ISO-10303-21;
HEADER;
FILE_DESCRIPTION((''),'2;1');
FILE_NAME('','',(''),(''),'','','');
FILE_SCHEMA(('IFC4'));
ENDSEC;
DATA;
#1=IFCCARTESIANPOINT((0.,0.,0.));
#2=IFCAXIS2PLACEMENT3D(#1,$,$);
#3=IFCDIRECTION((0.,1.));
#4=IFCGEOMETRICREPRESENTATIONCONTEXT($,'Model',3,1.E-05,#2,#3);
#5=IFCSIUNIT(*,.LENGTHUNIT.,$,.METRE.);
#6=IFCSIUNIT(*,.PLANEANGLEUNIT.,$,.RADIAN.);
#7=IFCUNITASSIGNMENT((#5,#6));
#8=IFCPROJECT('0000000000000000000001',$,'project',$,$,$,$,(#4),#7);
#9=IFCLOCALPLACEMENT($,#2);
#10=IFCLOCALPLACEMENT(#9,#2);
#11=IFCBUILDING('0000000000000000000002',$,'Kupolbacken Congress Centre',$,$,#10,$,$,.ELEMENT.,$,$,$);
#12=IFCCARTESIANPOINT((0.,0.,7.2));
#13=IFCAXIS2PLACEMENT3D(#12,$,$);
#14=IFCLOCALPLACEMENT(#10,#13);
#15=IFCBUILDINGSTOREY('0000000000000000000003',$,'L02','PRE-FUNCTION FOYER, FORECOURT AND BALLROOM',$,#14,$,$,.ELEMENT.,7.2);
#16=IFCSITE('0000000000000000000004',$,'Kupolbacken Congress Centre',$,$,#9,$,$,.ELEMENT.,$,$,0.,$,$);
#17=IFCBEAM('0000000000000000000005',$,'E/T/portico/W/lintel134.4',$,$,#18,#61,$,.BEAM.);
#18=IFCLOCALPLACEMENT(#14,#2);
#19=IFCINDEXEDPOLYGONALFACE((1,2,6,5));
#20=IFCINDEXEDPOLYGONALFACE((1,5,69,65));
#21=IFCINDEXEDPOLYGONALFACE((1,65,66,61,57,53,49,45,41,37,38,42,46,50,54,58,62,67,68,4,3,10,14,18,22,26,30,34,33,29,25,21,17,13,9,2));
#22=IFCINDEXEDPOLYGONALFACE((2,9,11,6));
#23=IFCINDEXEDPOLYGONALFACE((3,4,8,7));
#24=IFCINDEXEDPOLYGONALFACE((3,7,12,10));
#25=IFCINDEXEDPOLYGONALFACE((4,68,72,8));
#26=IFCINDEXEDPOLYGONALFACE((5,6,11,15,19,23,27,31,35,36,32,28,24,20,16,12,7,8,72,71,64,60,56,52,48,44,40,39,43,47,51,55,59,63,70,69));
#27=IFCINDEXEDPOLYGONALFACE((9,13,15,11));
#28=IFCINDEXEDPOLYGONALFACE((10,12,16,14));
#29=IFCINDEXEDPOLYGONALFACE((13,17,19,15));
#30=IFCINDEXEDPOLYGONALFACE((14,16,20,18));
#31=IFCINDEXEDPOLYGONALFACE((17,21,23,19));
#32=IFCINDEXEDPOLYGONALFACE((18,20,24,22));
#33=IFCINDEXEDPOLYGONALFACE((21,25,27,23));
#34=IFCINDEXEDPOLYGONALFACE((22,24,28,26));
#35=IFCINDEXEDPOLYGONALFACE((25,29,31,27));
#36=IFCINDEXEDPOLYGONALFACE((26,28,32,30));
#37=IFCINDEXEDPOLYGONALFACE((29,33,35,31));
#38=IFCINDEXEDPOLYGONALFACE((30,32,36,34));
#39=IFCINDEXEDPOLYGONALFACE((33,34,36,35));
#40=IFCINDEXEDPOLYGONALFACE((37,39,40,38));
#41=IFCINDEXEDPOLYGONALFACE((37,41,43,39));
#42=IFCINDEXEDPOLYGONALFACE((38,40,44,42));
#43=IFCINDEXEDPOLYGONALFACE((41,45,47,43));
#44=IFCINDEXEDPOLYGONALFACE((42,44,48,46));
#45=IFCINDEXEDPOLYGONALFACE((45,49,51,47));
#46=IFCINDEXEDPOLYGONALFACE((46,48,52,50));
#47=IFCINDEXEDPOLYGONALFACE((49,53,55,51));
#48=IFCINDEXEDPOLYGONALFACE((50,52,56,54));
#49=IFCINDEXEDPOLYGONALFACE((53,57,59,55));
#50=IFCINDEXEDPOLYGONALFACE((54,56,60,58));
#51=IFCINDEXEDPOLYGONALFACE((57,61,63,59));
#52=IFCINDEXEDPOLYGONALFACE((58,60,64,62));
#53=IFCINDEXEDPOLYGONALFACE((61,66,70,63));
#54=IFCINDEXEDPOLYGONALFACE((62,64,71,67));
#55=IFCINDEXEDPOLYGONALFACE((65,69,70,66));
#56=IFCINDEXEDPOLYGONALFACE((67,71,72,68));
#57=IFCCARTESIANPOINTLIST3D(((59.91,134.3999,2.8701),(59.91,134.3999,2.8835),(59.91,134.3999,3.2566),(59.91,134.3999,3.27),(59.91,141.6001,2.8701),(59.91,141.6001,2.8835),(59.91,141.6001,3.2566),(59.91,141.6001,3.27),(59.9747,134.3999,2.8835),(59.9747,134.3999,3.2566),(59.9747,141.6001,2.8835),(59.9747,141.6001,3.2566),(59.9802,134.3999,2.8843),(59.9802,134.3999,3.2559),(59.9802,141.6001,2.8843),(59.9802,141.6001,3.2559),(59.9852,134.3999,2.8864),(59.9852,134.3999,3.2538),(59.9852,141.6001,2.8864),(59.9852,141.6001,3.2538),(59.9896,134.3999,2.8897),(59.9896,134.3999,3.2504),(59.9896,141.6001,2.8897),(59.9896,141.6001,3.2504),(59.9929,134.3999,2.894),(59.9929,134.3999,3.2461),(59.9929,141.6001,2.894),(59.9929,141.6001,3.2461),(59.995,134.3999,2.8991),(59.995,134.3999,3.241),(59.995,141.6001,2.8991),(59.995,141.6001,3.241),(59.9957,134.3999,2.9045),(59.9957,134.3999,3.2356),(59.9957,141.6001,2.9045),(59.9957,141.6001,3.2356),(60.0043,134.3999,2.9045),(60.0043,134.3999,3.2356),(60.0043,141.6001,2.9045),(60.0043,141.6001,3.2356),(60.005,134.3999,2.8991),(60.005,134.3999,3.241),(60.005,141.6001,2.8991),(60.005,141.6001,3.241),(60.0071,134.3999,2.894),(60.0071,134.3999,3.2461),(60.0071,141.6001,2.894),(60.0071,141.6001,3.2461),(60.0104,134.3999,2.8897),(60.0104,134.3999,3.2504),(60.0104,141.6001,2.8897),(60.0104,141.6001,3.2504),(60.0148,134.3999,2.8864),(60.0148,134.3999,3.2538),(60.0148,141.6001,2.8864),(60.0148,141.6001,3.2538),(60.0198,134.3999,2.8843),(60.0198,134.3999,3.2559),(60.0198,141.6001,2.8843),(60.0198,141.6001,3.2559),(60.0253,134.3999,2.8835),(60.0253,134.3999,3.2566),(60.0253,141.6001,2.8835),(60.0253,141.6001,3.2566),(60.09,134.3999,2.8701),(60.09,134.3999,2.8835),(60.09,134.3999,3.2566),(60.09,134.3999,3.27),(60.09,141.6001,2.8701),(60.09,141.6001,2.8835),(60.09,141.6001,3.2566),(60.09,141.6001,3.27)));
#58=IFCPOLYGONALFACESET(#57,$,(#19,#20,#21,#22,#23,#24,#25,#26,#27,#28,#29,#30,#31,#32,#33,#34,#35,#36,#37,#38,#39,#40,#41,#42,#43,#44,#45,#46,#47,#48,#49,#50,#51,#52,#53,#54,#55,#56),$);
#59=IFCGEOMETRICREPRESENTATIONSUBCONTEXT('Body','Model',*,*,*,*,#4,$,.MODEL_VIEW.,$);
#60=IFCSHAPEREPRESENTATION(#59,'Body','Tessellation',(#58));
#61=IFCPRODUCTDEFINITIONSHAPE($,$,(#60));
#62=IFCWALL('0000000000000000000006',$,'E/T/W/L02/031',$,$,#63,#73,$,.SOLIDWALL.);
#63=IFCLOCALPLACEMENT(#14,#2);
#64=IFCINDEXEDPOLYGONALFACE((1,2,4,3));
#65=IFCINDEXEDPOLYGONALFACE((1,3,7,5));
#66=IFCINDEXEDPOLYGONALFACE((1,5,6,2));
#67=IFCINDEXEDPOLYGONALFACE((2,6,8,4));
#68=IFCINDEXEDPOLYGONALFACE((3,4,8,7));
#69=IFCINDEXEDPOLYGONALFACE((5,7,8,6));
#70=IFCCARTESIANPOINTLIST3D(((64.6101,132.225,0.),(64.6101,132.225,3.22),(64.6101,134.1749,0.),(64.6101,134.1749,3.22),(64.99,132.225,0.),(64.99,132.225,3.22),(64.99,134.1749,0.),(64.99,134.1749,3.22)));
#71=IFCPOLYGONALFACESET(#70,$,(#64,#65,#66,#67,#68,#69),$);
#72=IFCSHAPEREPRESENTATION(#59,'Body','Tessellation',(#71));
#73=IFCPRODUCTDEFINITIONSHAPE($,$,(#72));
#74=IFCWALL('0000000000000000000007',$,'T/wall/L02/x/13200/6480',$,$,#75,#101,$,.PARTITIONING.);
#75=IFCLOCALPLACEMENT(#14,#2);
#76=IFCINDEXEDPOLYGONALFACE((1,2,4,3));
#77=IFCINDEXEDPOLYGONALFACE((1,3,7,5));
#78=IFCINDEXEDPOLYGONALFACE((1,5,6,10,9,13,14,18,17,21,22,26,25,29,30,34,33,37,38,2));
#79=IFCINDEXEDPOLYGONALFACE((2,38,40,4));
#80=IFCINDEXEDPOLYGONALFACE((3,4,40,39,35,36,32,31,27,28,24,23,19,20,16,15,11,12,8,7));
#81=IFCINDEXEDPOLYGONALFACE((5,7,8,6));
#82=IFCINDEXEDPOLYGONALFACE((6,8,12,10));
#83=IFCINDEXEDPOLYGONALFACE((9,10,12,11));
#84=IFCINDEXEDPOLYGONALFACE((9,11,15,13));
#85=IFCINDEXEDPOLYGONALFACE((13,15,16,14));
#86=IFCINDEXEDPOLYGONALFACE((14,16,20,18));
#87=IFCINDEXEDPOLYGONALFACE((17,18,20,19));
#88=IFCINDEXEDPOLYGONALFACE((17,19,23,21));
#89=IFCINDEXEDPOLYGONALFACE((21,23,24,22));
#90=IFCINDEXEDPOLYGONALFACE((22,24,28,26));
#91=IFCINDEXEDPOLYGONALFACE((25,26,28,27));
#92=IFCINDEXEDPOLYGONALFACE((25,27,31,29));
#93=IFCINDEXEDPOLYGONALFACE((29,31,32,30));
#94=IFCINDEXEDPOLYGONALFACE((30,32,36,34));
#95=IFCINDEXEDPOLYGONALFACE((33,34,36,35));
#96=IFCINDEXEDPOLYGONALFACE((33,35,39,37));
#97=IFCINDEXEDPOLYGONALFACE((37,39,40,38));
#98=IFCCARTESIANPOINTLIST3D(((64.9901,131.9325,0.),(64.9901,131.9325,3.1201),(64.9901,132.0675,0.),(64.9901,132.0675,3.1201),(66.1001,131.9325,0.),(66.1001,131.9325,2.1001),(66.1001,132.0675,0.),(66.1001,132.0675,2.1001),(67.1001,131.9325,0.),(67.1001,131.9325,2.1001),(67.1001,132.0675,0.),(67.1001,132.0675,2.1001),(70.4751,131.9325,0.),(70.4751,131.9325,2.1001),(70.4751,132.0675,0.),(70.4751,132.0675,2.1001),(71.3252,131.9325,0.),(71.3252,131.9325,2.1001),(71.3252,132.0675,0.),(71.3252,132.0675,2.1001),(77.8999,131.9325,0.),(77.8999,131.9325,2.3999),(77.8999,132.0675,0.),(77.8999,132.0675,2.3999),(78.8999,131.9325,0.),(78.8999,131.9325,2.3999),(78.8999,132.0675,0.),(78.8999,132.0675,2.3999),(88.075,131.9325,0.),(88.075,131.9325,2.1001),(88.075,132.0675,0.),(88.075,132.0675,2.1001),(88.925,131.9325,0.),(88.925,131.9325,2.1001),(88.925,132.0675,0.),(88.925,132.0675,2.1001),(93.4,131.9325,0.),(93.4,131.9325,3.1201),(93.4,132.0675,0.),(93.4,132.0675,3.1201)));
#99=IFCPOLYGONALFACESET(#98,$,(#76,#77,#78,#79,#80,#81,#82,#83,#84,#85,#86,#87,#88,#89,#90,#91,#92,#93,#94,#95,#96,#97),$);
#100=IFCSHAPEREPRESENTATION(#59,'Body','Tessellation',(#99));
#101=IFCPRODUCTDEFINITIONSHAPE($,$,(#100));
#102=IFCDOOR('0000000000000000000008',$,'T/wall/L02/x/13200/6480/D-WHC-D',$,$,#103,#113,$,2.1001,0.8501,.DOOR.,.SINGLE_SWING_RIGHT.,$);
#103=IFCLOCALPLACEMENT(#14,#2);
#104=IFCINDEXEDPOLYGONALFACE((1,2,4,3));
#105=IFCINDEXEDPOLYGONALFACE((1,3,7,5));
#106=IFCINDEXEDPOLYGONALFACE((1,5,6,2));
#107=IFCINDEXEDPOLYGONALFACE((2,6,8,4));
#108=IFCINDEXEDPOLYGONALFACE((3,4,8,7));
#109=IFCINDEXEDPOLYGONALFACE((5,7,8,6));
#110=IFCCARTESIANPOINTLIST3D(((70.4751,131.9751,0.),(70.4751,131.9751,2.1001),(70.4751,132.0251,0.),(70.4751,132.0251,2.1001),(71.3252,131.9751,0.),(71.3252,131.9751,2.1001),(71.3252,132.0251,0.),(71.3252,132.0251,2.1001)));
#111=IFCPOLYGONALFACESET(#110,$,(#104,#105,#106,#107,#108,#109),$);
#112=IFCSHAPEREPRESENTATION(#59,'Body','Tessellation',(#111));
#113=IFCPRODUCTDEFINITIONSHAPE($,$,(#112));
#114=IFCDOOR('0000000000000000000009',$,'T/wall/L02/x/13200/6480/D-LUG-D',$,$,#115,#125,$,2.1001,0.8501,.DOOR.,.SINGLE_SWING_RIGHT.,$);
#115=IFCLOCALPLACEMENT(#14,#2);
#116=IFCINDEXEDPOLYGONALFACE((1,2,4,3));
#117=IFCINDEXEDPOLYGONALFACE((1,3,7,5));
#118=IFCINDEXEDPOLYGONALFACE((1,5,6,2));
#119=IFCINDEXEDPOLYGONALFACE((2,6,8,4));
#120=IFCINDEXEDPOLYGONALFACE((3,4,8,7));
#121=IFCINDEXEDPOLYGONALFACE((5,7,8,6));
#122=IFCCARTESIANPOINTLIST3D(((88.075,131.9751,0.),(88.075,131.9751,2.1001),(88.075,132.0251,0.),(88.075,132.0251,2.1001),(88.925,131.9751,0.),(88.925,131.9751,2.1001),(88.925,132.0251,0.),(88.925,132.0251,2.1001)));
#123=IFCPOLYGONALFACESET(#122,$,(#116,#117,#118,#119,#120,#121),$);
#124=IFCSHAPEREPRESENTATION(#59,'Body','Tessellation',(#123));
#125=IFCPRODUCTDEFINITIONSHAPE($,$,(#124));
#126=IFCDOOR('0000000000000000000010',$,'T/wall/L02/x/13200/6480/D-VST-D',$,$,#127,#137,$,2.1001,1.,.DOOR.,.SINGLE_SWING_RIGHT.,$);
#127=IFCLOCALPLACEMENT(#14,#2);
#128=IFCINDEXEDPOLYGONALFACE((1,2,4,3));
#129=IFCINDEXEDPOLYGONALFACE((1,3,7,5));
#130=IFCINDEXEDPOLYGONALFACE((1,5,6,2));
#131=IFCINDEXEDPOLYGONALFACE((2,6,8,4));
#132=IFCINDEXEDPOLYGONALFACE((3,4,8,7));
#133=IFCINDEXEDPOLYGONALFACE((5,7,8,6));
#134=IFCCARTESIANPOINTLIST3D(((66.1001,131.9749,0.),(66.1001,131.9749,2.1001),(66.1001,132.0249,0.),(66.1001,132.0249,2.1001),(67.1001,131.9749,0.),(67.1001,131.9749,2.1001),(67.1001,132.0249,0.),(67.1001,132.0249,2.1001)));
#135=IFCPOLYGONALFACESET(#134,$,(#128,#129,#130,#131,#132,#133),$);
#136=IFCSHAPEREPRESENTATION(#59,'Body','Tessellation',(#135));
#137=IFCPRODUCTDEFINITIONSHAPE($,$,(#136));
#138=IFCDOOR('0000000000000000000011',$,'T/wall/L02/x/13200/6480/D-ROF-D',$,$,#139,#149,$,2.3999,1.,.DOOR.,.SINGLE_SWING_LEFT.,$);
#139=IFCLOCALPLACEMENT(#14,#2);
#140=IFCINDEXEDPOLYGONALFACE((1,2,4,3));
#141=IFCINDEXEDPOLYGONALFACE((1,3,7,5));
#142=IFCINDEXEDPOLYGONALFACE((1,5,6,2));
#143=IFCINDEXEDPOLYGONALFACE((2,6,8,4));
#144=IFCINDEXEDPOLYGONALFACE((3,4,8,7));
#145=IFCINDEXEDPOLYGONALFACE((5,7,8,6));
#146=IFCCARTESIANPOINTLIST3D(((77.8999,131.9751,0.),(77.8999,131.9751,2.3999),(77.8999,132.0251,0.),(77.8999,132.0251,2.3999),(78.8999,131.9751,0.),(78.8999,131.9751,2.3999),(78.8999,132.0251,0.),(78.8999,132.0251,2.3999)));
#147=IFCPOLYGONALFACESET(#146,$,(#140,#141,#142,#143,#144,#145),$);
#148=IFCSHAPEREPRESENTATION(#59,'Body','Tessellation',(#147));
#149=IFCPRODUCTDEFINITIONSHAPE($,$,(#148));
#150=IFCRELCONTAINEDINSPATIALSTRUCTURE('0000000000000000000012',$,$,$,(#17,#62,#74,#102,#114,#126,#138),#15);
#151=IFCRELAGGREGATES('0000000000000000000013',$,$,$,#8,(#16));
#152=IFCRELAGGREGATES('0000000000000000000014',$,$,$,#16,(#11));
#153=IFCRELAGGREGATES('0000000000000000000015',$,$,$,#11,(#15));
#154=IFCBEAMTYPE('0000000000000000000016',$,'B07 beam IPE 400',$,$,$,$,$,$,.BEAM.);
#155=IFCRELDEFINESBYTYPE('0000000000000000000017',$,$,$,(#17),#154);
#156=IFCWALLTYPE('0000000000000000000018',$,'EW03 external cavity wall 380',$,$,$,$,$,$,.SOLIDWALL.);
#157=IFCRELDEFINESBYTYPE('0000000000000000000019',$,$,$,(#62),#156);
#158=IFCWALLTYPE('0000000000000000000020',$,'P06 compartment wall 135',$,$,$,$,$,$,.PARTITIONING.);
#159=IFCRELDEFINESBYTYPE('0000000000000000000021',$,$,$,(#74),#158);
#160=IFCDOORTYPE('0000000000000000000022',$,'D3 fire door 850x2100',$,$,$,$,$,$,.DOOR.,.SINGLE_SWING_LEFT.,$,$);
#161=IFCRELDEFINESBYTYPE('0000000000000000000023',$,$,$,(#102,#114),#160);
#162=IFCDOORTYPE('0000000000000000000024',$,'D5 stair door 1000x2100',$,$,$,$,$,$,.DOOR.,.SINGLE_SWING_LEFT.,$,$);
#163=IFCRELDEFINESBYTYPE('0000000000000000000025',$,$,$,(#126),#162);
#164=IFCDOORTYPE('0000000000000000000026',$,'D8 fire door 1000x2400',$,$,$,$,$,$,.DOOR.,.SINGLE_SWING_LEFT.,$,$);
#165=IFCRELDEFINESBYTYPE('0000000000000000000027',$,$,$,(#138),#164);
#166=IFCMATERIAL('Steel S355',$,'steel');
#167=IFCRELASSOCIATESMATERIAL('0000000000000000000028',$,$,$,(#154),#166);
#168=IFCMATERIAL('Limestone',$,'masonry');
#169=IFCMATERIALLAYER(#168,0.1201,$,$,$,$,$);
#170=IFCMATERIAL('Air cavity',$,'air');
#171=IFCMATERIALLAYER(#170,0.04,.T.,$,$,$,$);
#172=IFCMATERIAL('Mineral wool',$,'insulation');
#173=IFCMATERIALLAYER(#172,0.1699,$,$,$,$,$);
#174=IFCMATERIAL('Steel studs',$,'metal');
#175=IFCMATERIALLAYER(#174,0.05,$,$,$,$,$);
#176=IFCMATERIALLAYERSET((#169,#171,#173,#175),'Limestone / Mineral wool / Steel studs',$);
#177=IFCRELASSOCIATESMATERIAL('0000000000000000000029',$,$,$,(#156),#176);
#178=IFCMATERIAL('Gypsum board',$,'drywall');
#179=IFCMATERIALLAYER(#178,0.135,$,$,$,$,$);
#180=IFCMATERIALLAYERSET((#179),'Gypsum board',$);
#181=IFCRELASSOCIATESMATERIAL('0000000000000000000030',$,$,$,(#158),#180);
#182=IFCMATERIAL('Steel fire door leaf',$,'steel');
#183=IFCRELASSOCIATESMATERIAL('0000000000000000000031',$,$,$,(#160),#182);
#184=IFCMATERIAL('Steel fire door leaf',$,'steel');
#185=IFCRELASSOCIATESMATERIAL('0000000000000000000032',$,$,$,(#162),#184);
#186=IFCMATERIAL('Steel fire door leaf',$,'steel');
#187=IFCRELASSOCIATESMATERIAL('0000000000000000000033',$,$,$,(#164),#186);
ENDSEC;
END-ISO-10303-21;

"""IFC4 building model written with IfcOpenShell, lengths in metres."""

from ifc_helpers import new_model, si_unit, direction, frame, frame_2d, origin, origin_2d, place, context, subcontext, project, spatial, rectangle, i_section, extrude, material, layer, layer_set, material_profile, profile_set, type_object, element, fill, save


model = new_model("IFC4")

# Units and contexts
model_context = context("Model", 3, precision=1e-05, world=origin(), true_north=direction((0.0, 1.0)))
body_context = subcontext(model_context, "Body", "Model", "MODEL_VIEW")
ifc_project = project(units=[si_unit("LENGTHUNIT", "METRE"), si_unit("PLANEANGLEUNIT", "RADIAN")], contexts=[model_context])

# Site, building, storey
site_placement = place(None, origin())
site = spatial("IfcSite", under=ifc_project, at=site_placement, Name="Kupolbacken Congress Centre", CompositionType="ELEMENT", RefElevation=0.0)
building_placement = place(site_placement, origin())
building = spatial("IfcBuilding", under=site, at=building_placement, Name="Kupolbacken Congress Centre", CompositionType="ELEMENT")
storey_placement = place(building_placement, frame((0.0, 0.0, 7.2)))
storey = spatial("IfcBuildingStorey", under=building, at=storey_placement, Name="L02", Description="PRE-FUNCTION FOYER, FORECOURT AND BALLROOM", CompositionType="ELEMENT", Elevation=7.2)

# Beam
ifc_material_1 = material(Name="Steel S355", Category="steel")
ifc_material_profile_1 = material_profile(ifc_material_1, i_section(OverallWidth=0.1799, OverallDepth=0.3999, WebThickness=0.0085, FlangeThickness=0.0134, FilletRadius=0.021, at=origin_2d()), Name="IPE 400")
ifc_profile_set_1 = profile_set([ifc_material_profile_1], Name="Steel S355")
beam_type_1 = type_object("IfcBeamType", Name="B07 beam IPE 400", PredefinedType="BEAM", material=ifc_profile_set_1)
beam_1_placement = place(storey_placement, frame((60.0, 134.3999, 3.0701), z_axis=(0.0, 1.0, 0.0), x_axis=(-1.0, 0.0, 0.0)))
element("IfcBeam", 1, at=beam_1_placement, inside=storey, type_object=beam_type_1, Name="E/T/portico/W/lintel134.4", PredefinedType="BEAM", context=body_context, shape_type="SweptSolid", body=[
    extrude(i_section(OverallWidth=0.1799, OverallDepth=0.3999, WebThickness=0.0085, FlangeThickness=0.0134, FilletRadius=0.021, at=origin_2d()), origin(), (0.0, 0.0, 1.0), 7.2002),
])

# Wall
ifc_material_2 = material(Name="Limestone", Category="masonry")
ifc_layer_1 = layer(ifc_material_2, 0.1201)
ifc_material_3 = material(Name="Air cavity", Category="air")
ifc_layer_2 = layer(ifc_material_3, 0.04, ventilated=True)
ifc_material_4 = material(Name="Mineral wool", Category="insulation")
ifc_layer_3 = layer(ifc_material_4, 0.1699)
ifc_material_5 = material(Name="Steel studs", Category="metal")
ifc_layer_4 = layer(ifc_material_5, 0.05)
ifc_layer_set_1 = layer_set([ifc_layer_1, ifc_layer_2, ifc_layer_3, ifc_layer_4], Name="Limestone / Mineral wool / Steel studs")
wall_type_1 = type_object("IfcWallType", Name="EW03 external cavity wall 380", PredefinedType="SOLIDWALL", material=ifc_layer_set_1)
wall_1_placement = place(storey_placement, frame((64.8, 134.175, 0.0), z_axis=(0.0, 0.0, 1.0), x_axis=(0.0, -1.0, 0.0)))
element("IfcWall", 2, at=wall_1_placement, inside=storey, type_object=wall_type_1, Name="E/T/W/L02/031", PredefinedType="SOLIDWALL", context=body_context, shape_type="SweptSolid", body=[
    extrude(rectangle(XDim=1.95, YDim=0.3799, at=frame_2d((0.9751, 0.0))), origin(), (0.0, 0.0, 1.0), 3.22),
])

# Wall, openings, doors
ifc_material_6 = material(Name="Gypsum board", Category="drywall")
ifc_layer_5 = layer(ifc_material_6, 0.135)
ifc_layer_set_2 = layer_set([ifc_layer_5], Name="Gypsum board")
wall_type_2 = type_object("IfcWallType", Name="P06 compartment wall 135", PredefinedType="PARTITIONING", material=ifc_layer_set_2)
wall_2_placement = place(storey_placement, frame((64.99, 132.0, 0.0), z_axis=(0.0, 0.0, 1.0), x_axis=(1.0, 0.0, 0.0)))
wall_2 = element("IfcWall", 3, at=wall_2_placement, inside=storey, type_object=wall_type_2, Name="T/wall/L02/x/13200/6480", PredefinedType="PARTITIONING", context=body_context, shape_type="SweptSolid", body=[
    extrude(rectangle(XDim=28.4099, YDim=0.135, at=frame_2d((14.2051, 0.0))), origin(), (0.0, 0.0, 1.0), 3.1201),
])
opening_1_placement = place(wall_2_placement, frame((5.4851, 0.0, 0.0)))
opening_1 = element("IfcOpeningElement", 4, at=opening_1_placement, cuts=wall_2, PredefinedType="OPENING", context=body_context, shape_type="SweptSolid", body=[
    extrude(rectangle(XDim=0.8501, YDim=2.1001, at=frame_2d((0.425, 1.05))), frame((0.0, 0.0774, 0.0), z_axis=(0.0, -1.0, 0.0), x_axis=(1.0, 0.0, 0.0)), (0.0, 0.0, 1.0), 0.155),
])
opening_2_placement = place(wall_2_placement, frame((12.9099, 0.0, 0.0)))
opening_2 = element("IfcOpeningElement", 5, at=opening_2_placement, cuts=wall_2, PredefinedType="OPENING", context=body_context, shape_type="SweptSolid", body=[
    extrude(rectangle(XDim=1.0, YDim=2.3999, at=frame_2d((0.5, 1.2))), frame((0.0, 0.0774, 0.0), z_axis=(0.0, -1.0, 0.0), x_axis=(1.0, 0.0, 0.0)), (0.0, 0.0, 1.0), 0.155),
])
opening_3_placement = place(wall_2_placement, frame((23.085, 0.0, 0.0)))
opening_3 = element("IfcOpeningElement", 6, at=opening_3_placement, cuts=wall_2, PredefinedType="OPENING", context=body_context, shape_type="SweptSolid", body=[
    extrude(rectangle(XDim=0.8501, YDim=2.1001, at=frame_2d((0.425, 1.05))), frame((0.0, 0.0774, 0.0), z_axis=(0.0, -1.0, 0.0), x_axis=(1.0, 0.0, 0.0)), (0.0, 0.0, 1.0), 0.155),
])
opening_4_placement = place(wall_2_placement, frame((1.1101, 0.0, 0.0)))
opening_4 = element("IfcOpeningElement", 7, at=opening_4_placement, cuts=wall_2, PredefinedType="OPENING", context=body_context, shape_type="SweptSolid", body=[
    extrude(rectangle(XDim=1.0, YDim=2.1001, at=frame_2d((0.5, 1.05))), frame((0.0, 0.0774, 0.0), z_axis=(0.0, -1.0, 0.0), x_axis=(1.0, 0.0, 0.0)), (0.0, 0.0, 1.0), 0.155),
])
ifc_material_7 = material(Name="Steel fire door leaf", Category="steel")
door_type_1 = type_object("IfcDoorType", Name="D3 fire door 850x2100", OperationType="SINGLE_SWING_LEFT", PredefinedType="DOOR", material=ifc_material_7)
door_1_placement = place(opening_1_placement, frame((0.8501, 0.0, 0.0), z_axis=(0.0, 0.0, 1.0), x_axis=(-1.0, 0.0, 0.0)))
door_1 = element("IfcDoor", 8, at=door_1_placement, inside=storey, type_object=door_type_1, Name="T/wall/L02/x/13200/6480/D-WHC-D", OperationType="SINGLE_SWING_RIGHT", OverallHeight=2.1001, OverallWidth=0.8501, PredefinedType="DOOR", context=body_context, shape_type="SweptSolid", body=[
    extrude(rectangle(XDim=0.8501, YDim=2.1001, at=frame_2d((0.425, 1.05))), frame((0.0, 0.0249, 0.0), z_axis=(0.0, -1.0, 0.0), x_axis=(1.0, 0.0, 0.0)), (0.0, 0.0, 1.0), 0.05),
])
fill(opening_1, door_1)
door_2_placement = place(opening_3_placement, frame((0.8501, 0.0, 0.0), z_axis=(0.0, 0.0, 1.0), x_axis=(-1.0, 0.0, 0.0)))
door_2 = element("IfcDoor", 9, at=door_2_placement, inside=storey, type_object=door_type_1, Name="T/wall/L02/x/13200/6480/D-LUG-D", OperationType="SINGLE_SWING_RIGHT", OverallHeight=2.1001, OverallWidth=0.8501, PredefinedType="DOOR", context=body_context, shape_type="SweptSolid", body=[
    extrude(rectangle(XDim=0.8501, YDim=2.1001, at=frame_2d((0.425, 1.05))), frame((0.0, 0.0249, 0.0), z_axis=(0.0, -1.0, 0.0), x_axis=(1.0, 0.0, 0.0)), (0.0, 0.0, 1.0), 0.05),
])
fill(opening_3, door_2)
ifc_material_8 = material(Name="Steel fire door leaf", Category="steel")
door_type_2 = type_object("IfcDoorType", Name="D5 stair door 1000x2100", OperationType="SINGLE_SWING_LEFT", PredefinedType="DOOR", material=ifc_material_8)
door_3_placement = place(opening_4_placement, origin())
door_3 = element("IfcDoor", 10, at=door_3_placement, inside=storey, type_object=door_type_2, Name="T/wall/L02/x/13200/6480/D-VST-D", OperationType="SINGLE_SWING_RIGHT", OverallHeight=2.1001, OverallWidth=1.0, PredefinedType="DOOR", context=body_context, shape_type="SweptSolid", body=[
    extrude(rectangle(XDim=1.0, YDim=2.1001, at=frame_2d((0.5, 1.05))), frame((0.0, 0.0249, 0.0), z_axis=(0.0, -1.0, 0.0), x_axis=(1.0, 0.0, 0.0)), (0.0, 0.0, 1.0), 0.05),
])
fill(opening_4, door_3)
ifc_material_9 = material(Name="Steel fire door leaf", Category="steel")
door_type_3 = type_object("IfcDoorType", Name="D8 fire door 1000x2400", OperationType="SINGLE_SWING_LEFT", PredefinedType="DOOR", material=ifc_material_9)
door_4_placement = place(opening_2_placement, frame((1.0, 0.0, 0.0), z_axis=(0.0, 0.0, 1.0), x_axis=(-1.0, 0.0, 0.0)))
door_4 = element("IfcDoor", 11, at=door_4_placement, inside=storey, type_object=door_type_3, Name="T/wall/L02/x/13200/6480/D-ROF-D", OperationType="SINGLE_SWING_LEFT", OverallHeight=2.3999, OverallWidth=1.0, PredefinedType="DOOR", context=body_context, shape_type="SweptSolid", body=[
    extrude(rectangle(XDim=1.0, YDim=2.3999, at=frame_2d((0.5, 1.2))), frame((0.0, 0.0249, 0.0), z_axis=(0.0, -1.0, 0.0), x_axis=(1.0, 0.0, 0.0)), (0.0, 0.0, 1.0), 0.05),
])
fill(opening_2, door_4)

save(model, "model.ifc")
